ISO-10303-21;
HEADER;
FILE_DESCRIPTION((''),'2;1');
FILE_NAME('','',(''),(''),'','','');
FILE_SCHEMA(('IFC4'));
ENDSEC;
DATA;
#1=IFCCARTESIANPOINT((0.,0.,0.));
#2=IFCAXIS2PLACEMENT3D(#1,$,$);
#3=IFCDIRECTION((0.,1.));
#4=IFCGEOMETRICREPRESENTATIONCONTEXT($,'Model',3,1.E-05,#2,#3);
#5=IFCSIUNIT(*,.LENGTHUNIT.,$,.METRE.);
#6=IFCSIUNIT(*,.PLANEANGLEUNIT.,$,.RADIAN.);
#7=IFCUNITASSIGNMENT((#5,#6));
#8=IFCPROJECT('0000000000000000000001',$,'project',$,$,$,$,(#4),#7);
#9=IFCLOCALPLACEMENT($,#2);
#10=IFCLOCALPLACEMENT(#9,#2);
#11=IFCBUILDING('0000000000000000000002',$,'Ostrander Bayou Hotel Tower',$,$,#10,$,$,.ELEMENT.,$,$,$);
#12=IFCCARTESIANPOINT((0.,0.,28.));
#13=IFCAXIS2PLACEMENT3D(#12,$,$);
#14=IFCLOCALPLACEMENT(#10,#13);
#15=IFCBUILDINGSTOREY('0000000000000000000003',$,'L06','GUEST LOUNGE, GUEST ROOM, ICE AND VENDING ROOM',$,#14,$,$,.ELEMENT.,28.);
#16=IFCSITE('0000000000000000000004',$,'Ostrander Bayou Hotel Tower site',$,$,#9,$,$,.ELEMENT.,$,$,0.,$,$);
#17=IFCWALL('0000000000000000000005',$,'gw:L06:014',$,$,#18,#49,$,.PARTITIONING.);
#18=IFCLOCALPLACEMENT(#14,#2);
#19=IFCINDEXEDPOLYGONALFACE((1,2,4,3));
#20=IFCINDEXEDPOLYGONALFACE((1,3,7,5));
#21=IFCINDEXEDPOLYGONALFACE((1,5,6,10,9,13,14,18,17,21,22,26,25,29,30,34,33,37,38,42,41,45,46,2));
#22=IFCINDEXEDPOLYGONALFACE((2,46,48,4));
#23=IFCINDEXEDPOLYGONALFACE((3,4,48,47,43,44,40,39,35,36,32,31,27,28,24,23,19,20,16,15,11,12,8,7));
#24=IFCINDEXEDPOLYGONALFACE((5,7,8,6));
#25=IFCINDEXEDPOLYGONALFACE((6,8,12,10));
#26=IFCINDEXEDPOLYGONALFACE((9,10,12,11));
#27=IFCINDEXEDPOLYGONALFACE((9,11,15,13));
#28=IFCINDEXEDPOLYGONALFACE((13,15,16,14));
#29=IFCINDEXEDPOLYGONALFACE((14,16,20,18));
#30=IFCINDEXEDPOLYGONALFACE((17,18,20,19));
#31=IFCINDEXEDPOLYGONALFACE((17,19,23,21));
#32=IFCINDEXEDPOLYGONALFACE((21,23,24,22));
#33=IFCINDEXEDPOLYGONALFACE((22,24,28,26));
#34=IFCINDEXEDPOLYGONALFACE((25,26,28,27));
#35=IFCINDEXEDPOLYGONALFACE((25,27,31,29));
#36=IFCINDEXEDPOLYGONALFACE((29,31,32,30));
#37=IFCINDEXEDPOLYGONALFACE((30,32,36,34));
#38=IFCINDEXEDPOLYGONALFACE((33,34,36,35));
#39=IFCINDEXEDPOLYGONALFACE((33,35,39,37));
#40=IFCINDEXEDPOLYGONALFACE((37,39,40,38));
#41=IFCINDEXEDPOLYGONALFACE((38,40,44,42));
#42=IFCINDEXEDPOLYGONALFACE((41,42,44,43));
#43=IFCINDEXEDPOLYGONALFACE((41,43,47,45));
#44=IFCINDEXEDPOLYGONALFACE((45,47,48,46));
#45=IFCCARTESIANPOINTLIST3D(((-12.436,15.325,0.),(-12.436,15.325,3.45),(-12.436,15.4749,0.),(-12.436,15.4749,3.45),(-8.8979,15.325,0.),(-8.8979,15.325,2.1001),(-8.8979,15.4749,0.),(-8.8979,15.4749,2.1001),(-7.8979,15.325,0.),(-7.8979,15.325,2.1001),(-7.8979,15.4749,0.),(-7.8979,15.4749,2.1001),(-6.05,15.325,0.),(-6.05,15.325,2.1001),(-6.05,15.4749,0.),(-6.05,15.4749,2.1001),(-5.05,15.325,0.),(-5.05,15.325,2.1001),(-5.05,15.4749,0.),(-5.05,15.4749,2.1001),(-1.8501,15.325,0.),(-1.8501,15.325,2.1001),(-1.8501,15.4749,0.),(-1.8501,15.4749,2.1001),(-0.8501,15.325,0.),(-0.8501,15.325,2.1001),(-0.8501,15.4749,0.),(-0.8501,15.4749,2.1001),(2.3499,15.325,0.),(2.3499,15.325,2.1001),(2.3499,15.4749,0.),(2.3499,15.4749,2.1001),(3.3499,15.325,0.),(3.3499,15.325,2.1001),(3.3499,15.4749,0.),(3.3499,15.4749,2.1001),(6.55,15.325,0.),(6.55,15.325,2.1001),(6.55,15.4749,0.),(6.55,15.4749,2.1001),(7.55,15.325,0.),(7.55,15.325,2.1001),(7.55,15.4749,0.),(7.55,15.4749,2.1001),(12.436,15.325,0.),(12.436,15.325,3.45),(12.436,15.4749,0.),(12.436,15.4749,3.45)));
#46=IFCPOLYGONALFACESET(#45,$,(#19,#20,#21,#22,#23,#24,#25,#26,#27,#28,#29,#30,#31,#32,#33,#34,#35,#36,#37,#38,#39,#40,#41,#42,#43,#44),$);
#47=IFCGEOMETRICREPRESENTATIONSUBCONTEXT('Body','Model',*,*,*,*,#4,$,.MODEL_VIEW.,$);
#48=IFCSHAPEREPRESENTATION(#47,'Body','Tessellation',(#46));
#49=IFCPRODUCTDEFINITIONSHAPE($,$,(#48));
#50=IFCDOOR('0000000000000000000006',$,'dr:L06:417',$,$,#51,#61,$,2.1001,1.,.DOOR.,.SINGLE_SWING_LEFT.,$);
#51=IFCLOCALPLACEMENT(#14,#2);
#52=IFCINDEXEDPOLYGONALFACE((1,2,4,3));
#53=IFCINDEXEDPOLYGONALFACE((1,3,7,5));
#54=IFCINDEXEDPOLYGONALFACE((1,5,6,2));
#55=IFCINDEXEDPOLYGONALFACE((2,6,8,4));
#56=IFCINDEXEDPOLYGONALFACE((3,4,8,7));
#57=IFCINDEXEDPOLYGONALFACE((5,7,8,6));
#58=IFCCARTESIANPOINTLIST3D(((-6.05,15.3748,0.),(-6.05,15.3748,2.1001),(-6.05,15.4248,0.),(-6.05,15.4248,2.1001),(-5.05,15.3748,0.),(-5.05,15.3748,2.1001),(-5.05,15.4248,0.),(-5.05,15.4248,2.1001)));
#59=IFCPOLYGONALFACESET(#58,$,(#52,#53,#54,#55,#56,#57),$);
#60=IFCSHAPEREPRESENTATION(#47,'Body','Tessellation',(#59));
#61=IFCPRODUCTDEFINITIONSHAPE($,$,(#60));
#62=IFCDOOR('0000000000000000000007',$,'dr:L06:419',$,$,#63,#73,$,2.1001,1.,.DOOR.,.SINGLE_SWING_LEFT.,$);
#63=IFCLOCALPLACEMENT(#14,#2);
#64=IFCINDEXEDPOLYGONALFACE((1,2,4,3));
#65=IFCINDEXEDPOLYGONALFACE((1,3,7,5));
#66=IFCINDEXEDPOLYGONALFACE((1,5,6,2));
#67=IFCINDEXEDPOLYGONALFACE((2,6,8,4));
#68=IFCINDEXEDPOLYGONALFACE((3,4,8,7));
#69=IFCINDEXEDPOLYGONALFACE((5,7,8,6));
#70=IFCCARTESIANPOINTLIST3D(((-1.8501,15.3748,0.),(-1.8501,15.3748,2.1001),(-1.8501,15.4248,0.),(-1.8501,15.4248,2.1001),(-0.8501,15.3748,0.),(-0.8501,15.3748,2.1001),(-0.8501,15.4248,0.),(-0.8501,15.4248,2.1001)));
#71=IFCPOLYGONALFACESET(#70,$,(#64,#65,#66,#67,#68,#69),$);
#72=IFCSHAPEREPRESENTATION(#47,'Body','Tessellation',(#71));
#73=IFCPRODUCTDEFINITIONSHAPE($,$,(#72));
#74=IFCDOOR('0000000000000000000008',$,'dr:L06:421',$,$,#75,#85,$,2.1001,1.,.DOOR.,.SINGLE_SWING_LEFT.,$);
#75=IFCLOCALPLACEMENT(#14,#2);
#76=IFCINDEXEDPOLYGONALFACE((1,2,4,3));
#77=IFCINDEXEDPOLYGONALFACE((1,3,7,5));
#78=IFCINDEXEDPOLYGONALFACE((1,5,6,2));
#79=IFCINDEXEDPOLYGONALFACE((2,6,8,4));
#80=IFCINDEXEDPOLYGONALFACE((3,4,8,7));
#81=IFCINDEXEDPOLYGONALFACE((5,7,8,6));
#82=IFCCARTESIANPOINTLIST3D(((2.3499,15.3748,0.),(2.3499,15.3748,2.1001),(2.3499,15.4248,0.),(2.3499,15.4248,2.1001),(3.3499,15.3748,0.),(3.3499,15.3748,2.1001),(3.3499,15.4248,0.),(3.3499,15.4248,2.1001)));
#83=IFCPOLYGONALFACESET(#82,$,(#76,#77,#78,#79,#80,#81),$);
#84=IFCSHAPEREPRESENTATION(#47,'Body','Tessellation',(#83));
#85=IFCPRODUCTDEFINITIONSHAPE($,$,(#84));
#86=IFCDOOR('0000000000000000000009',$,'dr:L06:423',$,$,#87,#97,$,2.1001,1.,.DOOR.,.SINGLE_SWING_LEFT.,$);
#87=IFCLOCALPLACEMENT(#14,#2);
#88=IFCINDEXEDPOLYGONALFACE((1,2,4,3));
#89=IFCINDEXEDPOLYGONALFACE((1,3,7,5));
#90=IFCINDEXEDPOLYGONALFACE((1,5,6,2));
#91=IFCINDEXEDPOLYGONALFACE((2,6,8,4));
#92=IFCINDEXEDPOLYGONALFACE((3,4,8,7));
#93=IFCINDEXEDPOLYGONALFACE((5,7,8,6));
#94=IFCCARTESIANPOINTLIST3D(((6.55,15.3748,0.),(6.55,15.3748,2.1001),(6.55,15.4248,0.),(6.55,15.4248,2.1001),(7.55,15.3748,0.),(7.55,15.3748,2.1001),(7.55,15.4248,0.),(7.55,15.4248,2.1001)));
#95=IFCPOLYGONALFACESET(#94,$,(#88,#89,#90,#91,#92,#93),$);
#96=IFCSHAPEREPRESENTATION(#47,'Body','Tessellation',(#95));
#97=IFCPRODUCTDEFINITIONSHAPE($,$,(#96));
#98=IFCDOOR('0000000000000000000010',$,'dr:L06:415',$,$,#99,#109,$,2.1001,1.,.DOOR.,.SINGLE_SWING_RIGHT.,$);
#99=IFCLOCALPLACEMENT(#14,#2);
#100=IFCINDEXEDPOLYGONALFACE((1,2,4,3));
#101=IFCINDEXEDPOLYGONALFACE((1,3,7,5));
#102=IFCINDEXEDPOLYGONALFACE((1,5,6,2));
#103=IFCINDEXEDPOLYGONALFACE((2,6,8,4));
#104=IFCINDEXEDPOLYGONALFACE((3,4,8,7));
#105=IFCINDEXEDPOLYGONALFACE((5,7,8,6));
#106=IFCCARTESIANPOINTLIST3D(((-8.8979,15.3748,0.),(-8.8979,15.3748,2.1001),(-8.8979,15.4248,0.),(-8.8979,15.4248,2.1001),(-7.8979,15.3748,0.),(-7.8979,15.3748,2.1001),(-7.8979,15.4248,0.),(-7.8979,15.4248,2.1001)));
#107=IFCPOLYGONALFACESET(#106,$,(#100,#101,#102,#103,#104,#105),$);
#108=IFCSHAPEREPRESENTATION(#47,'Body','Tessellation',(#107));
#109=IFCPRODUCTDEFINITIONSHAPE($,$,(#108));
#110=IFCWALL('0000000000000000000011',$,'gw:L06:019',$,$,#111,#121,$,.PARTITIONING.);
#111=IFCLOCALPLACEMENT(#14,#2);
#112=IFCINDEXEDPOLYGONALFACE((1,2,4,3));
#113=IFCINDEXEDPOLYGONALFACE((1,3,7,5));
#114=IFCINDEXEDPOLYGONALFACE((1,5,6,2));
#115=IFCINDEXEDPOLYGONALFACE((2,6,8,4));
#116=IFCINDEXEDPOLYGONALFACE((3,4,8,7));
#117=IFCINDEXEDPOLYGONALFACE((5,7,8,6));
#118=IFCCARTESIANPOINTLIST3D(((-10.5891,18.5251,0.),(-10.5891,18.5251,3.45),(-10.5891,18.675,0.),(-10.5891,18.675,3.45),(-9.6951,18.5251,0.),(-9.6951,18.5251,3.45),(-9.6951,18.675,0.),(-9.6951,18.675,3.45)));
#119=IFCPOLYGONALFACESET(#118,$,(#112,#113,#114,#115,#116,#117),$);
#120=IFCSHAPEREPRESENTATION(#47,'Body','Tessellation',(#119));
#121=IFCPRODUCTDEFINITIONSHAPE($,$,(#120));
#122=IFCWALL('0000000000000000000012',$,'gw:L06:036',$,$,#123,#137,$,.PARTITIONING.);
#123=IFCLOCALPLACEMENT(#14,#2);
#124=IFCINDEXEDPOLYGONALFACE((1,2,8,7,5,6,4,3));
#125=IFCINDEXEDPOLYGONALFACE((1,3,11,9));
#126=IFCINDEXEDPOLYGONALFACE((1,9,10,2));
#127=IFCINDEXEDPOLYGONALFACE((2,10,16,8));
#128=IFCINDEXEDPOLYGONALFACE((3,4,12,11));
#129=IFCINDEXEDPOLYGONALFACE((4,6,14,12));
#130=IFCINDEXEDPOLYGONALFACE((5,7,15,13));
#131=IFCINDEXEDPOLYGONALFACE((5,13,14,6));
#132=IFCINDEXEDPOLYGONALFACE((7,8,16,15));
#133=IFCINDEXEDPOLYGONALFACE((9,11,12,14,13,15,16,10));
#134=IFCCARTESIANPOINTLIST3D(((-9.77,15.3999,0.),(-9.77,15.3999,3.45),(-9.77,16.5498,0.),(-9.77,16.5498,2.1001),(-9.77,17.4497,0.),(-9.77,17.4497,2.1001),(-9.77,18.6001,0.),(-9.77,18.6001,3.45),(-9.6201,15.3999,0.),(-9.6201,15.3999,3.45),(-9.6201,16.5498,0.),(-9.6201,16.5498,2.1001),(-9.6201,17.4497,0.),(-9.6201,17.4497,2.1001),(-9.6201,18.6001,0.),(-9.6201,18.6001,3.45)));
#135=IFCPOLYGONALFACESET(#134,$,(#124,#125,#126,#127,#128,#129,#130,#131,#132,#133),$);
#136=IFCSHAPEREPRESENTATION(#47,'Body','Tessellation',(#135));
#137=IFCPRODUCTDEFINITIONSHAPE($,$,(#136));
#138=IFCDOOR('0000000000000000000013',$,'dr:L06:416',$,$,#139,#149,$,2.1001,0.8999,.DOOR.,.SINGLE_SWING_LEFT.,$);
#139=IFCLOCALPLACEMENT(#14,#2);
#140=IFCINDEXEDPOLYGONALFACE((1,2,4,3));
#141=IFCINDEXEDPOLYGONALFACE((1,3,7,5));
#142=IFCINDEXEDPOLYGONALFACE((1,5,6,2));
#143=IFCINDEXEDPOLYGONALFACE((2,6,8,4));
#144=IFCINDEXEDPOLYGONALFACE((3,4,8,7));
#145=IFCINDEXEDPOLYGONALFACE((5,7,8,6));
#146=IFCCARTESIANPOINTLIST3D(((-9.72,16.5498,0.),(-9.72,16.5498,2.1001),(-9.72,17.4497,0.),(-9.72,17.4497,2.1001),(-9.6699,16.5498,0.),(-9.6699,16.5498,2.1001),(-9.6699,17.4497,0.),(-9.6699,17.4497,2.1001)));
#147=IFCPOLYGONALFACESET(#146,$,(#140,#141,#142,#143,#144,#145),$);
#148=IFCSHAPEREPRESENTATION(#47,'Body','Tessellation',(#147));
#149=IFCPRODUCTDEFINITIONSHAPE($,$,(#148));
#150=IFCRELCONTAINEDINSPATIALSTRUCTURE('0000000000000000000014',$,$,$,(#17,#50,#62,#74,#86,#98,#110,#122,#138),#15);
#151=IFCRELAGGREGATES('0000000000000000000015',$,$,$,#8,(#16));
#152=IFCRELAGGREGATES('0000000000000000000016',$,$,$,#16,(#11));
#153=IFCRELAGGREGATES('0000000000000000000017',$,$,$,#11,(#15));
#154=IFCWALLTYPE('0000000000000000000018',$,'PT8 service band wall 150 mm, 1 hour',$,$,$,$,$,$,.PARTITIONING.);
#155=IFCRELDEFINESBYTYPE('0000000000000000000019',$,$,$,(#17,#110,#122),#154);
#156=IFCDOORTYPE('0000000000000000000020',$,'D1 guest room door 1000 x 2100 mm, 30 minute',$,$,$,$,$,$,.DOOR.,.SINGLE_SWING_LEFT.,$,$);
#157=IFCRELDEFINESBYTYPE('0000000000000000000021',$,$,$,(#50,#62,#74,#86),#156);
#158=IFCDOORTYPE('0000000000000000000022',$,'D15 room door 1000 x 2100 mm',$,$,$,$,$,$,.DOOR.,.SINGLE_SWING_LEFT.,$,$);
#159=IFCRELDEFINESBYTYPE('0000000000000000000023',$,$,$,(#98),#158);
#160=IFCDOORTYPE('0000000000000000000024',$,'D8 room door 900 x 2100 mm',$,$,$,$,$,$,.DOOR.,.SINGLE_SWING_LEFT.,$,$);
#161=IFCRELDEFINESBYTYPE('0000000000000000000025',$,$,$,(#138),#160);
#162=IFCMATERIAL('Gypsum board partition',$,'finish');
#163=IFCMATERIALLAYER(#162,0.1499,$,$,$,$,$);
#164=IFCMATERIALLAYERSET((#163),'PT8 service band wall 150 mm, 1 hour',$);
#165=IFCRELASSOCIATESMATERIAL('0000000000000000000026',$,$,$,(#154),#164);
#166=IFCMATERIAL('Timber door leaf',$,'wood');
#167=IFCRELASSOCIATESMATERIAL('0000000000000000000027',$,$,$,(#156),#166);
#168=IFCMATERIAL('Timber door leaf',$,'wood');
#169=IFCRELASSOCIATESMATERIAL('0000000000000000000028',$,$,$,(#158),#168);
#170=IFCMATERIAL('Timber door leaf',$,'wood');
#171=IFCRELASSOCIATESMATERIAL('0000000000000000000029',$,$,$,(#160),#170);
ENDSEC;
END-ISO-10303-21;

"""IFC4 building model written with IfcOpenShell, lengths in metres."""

from ifc_helpers import new_model, si_unit, direction, frame, frame_2d, origin, place, context, subcontext, project, spatial, rectangle, extrude, material, layer, layer_set, type_object, element, fill, save


model = new_model("IFC4")

# Units and contexts
model_context = context("Model", 3, precision=1e-05, world=origin(), true_north=direction((0.0, 1.0)))
body_context = subcontext(model_context, "Body", "Model", "MODEL_VIEW")
ifc_project = project(units=[si_unit("LENGTHUNIT", "METRE"), si_unit("PLANEANGLEUNIT", "RADIAN")], contexts=[model_context])

# Site, building, storey
site_placement = place(None, origin())
site = spatial("IfcSite", under=ifc_project, at=site_placement, Name="Ostrander Bayou Hotel Tower site", CompositionType="ELEMENT", RefElevation=0.0)
building_placement = place(site_placement, origin())
building = spatial("IfcBuilding", under=site, at=building_placement, Name="Ostrander Bayou Hotel Tower", CompositionType="ELEMENT")
storey_placement = place(building_placement, frame((0.0, 0.0, 28.0)))
storey = spatial("IfcBuildingStorey", under=building, at=storey_placement, Name="L06", Description="GUEST LOUNGE, GUEST ROOM, ICE AND VENDING ROOM", CompositionType="ELEMENT", Elevation=28.0)

# Wall, openings, doors
ifc_material_1 = material(Name="Gypsum board partition", Category="finish")
ifc_layer_1 = layer(ifc_material_1, 0.1499)
ifc_layer_set_1 = layer_set([ifc_layer_1], Name="PT8 service band wall 150 mm, 1 hour")
wall_type_1 = type_object("IfcWallType", Name="PT8 service band wall 150 mm, 1 hour", PredefinedType="PARTITIONING", material=ifc_layer_set_1)
wall_1_placement = place(storey_placement, frame((-12.436, 15.3999, 0.0), z_axis=(0.0, 0.0, 1.0), x_axis=(1.0, 0.0, 0.0)))
wall_1 = element("IfcWall", 1, at=wall_1_placement, inside=storey, type_object=wall_type_1, Name="gw:L06:014", PredefinedType="PARTITIONING", context=body_context, shape_type="SweptSolid", body=[
    extrude(rectangle(XDim=24.8721, YDim=0.1499, at=frame_2d((12.436, 0.0))), origin(), (0.0, 0.0, 1.0), 3.45),
])
opening_1_placement = place(wall_1_placement, frame((3.5381, 0.0, 0.0)))
opening_1 = element("IfcOpeningElement", 2, at=opening_1_placement, cuts=wall_1, PredefinedType="OPENING", context=body_context, shape_type="SweptSolid", body=[
    extrude(rectangle(XDim=1.0, YDim=2.1001, at=frame_2d((0.5, 1.05))), frame((0.0, 0.075, 0.0), z_axis=(0.0, -1.0, 0.0), x_axis=(1.0, 0.0, 0.0)), (0.0, 0.0, 1.0), 0.1499),
])
opening_2_placement = place(wall_1_placement, frame((6.386, 0.0, 0.0)))
opening_2 = element("IfcOpeningElement", 3, at=opening_2_placement, cuts=wall_1, PredefinedType="OPENING", context=body_context, shape_type="SweptSolid", body=[
    extrude(rectangle(XDim=1.0, YDim=2.1001, at=frame_2d((0.5, 1.05))), frame((0.0, 0.075, 0.0), z_axis=(0.0, -1.0, 0.0), x_axis=(1.0, 0.0, 0.0)), (0.0, 0.0, 1.0), 0.1499),
])
opening_3_placement = place(wall_1_placement, frame((10.5859, 0.0, 0.0)))
opening_3 = element("IfcOpeningElement", 4, at=opening_3_placement, cuts=wall_1, PredefinedType="OPENING", context=body_context, shape_type="SweptSolid", body=[
    extrude(rectangle(XDim=1.0, YDim=2.1001, at=frame_2d((0.5, 1.05))), frame((0.0, 0.075, 0.0), z_axis=(0.0, -1.0, 0.0), x_axis=(1.0, 0.0, 0.0)), (0.0, 0.0, 1.0), 0.1499),
])
opening_4_placement = place(wall_1_placement, frame((14.7859, 0.0, 0.0)))
opening_4 = element("IfcOpeningElement", 5, at=opening_4_placement, cuts=wall_1, PredefinedType="OPENING", context=body_context, shape_type="SweptSolid", body=[
    extrude(rectangle(XDim=1.0, YDim=2.1001, at=frame_2d((0.5, 1.05))), frame((0.0, 0.075, 0.0), z_axis=(0.0, -1.0, 0.0), x_axis=(1.0, 0.0, 0.0)), (0.0, 0.0, 1.0), 0.1499),
])
opening_5_placement = place(wall_1_placement, frame((18.9861, 0.0, 0.0)))
opening_5 = element("IfcOpeningElement", 6, at=opening_5_placement, cuts=wall_1, PredefinedType="OPENING", context=body_context, shape_type="SweptSolid", body=[
    extrude(rectangle(XDim=1.0, YDim=2.1001, at=frame_2d((0.5, 1.05))), frame((0.0, 0.075, 0.0), z_axis=(0.0, -1.0, 0.0), x_axis=(1.0, 0.0, 0.0)), (0.0, 0.0, 1.0), 0.1499),
])
ifc_material_2 = material(Name="Timber door leaf", Category="wood")
door_type_1 = type_object("IfcDoorType", Name="D1 guest room door 1000 x 2100 mm, 30 minute", OperationType="SINGLE_SWING_LEFT", PredefinedType="DOOR", material=ifc_material_2)
door_1_placement = place(opening_2_placement, origin())
door_1 = element("IfcDoor", 7, at=door_1_placement, inside=storey, type_object=door_type_1, Name="dr:L06:417", OperationType="SINGLE_SWING_LEFT", OverallHeight=2.1001, OverallWidth=1.0, PredefinedType="DOOR", context=body_context, shape_type="SweptSolid", body=[
    extrude(rectangle(XDim=1.0, YDim=2.1001, at=frame_2d((0.5, 1.05))), frame((0.0, 0.0249, 0.0), z_axis=(0.0, -1.0, 0.0), x_axis=(1.0, 0.0, 0.0)), (0.0, 0.0, 1.0), 0.05),
])
fill(opening_2, door_1)
door_2_placement = place(opening_3_placement, origin())
door_2 = element("IfcDoor", 8, at=door_2_placement, inside=storey, type_object=door_type_1, Name="dr:L06:419", OperationType="SINGLE_SWING_LEFT", OverallHeight=2.1001, OverallWidth=1.0, PredefinedType="DOOR", context=body_context, shape_type="SweptSolid", body=[
    extrude(rectangle(XDim=1.0, YDim=2.1001, at=frame_2d((0.5, 1.05))), frame((0.0, 0.0249, 0.0), z_axis=(0.0, -1.0, 0.0), x_axis=(1.0, 0.0, 0.0)), (0.0, 0.0, 1.0), 0.05),
])
fill(opening_3, door_2)
door_3_placement = place(opening_4_placement, origin())
door_3 = element("IfcDoor", 9, at=door_3_placement, inside=storey, type_object=door_type_1, Name="dr:L06:421", OperationType="SINGLE_SWING_LEFT", OverallHeight=2.1001, OverallWidth=1.0, PredefinedType="DOOR", context=body_context, shape_type="SweptSolid", body=[
    extrude(rectangle(XDim=1.0, YDim=2.1001, at=frame_2d((0.5, 1.05))), frame((0.0, 0.0249, 0.0), z_axis=(0.0, -1.0, 0.0), x_axis=(1.0, 0.0, 0.0)), (0.0, 0.0, 1.0), 0.05),
])
fill(opening_4, door_3)
door_4_placement = place(opening_5_placement, origin())
door_4 = element("IfcDoor", 10, at=door_4_placement, inside=storey, type_object=door_type_1, Name="dr:L06:423", OperationType="SINGLE_SWING_LEFT", OverallHeight=2.1001, OverallWidth=1.0, PredefinedType="DOOR", context=body_context, shape_type="SweptSolid", body=[
    extrude(rectangle(XDim=1.0, YDim=2.1001, at=frame_2d((0.5, 1.05))), frame((0.0, 0.0249, 0.0), z_axis=(0.0, -1.0, 0.0), x_axis=(1.0, 0.0, 0.0)), (0.0, 0.0, 1.0), 0.05),
])
fill(opening_5, door_4)
ifc_material_3 = material(Name="Timber door leaf", Category="wood")
door_type_2 = type_object("IfcDoorType", Name="D15 room door 1000 x 2100 mm", OperationType="SINGLE_SWING_LEFT", PredefinedType="DOOR", material=ifc_material_3)
door_5_placement = place(opening_1_placement, origin())
door_5 = element("IfcDoor", 11, at=door_5_placement, inside=storey, type_object=door_type_2, Name="dr:L06:415", OperationType="SINGLE_SWING_RIGHT", OverallHeight=2.1001, OverallWidth=1.0, PredefinedType="DOOR", context=body_context, shape_type="SweptSolid", body=[
    extrude(rectangle(XDim=1.0, YDim=2.1001, at=frame_2d((0.5, 1.05))), frame((0.0, 0.0249, 0.0), z_axis=(0.0, -1.0, 0.0), x_axis=(1.0, 0.0, 0.0)), (0.0, 0.0, 1.0), 0.05),
])
fill(opening_1, door_5)

# Wall
wall_2_placement = place(storey_placement, frame((-10.5891, 18.6001, 0.0), z_axis=(0.0, 0.0, 1.0), x_axis=(1.0, 0.0, 0.0)))
element("IfcWall", 12, at=wall_2_placement, inside=storey, type_object=wall_type_1, Name="gw:L06:019", PredefinedType="PARTITIONING", context=body_context, shape_type="SweptSolid", body=[
    extrude(rectangle(XDim=0.894, YDim=0.1499, at=frame_2d((0.447, 0.0))), origin(), (0.0, 0.0, 1.0), 3.45),
])

# Wall, opening, door
wall_3_placement = place(storey_placement, frame((-9.6951, 15.3999, 0.0), z_axis=(0.0, 0.0, 1.0), x_axis=(0.0, 1.0, 0.0)))
wall_3 = element("IfcWall", 13, at=wall_3_placement, inside=storey, type_object=wall_type_1, Name="gw:L06:036", PredefinedType="PARTITIONING", context=body_context, shape_type="SweptSolid", body=[
    extrude(rectangle(XDim=3.2002, YDim=0.1499, at=frame_2d((1.6001, 0.0))), origin(), (0.0, 0.0, 1.0), 3.45),
])
opening_6_placement = place(wall_3_placement, frame((1.1499, 0.0, 0.0)))
opening_6 = element("IfcOpeningElement", 14, at=opening_6_placement, cuts=wall_3, PredefinedType="OPENING", context=body_context, shape_type="SweptSolid", body=[
    extrude(rectangle(XDim=0.8999, YDim=2.1001, at=frame_2d((0.45, 1.05))), frame((0.0, 0.075, 0.0), z_axis=(0.0, -1.0, 0.0), x_axis=(1.0, 0.0, 0.0)), (0.0, 0.0, 1.0), 0.1499),
])
ifc_material_4 = material(Name="Timber door leaf", Category="wood")
door_type_3 = type_object("IfcDoorType", Name="D8 room door 900 x 2100 mm", OperationType="SINGLE_SWING_LEFT", PredefinedType="DOOR", material=ifc_material_4)
door_6_placement = place(opening_6_placement, origin())
door_6 = element("IfcDoor", 15, at=door_6_placement, inside=storey, type_object=door_type_3, Name="dr:L06:416", OperationType="SINGLE_SWING_LEFT", OverallHeight=2.1001, OverallWidth=0.8999, PredefinedType="DOOR", context=body_context, shape_type="SweptSolid", body=[
    extrude(rectangle(XDim=0.8999, YDim=2.1001, at=frame_2d((0.45, 1.05))), frame((0.0, 0.0249, 0.0), z_axis=(0.0, -1.0, 0.0), x_axis=(1.0, 0.0, 0.0)), (0.0, 0.0, 1.0), 0.05),
])
fill(opening_6, door_6)

save(model, "model.ifc")
